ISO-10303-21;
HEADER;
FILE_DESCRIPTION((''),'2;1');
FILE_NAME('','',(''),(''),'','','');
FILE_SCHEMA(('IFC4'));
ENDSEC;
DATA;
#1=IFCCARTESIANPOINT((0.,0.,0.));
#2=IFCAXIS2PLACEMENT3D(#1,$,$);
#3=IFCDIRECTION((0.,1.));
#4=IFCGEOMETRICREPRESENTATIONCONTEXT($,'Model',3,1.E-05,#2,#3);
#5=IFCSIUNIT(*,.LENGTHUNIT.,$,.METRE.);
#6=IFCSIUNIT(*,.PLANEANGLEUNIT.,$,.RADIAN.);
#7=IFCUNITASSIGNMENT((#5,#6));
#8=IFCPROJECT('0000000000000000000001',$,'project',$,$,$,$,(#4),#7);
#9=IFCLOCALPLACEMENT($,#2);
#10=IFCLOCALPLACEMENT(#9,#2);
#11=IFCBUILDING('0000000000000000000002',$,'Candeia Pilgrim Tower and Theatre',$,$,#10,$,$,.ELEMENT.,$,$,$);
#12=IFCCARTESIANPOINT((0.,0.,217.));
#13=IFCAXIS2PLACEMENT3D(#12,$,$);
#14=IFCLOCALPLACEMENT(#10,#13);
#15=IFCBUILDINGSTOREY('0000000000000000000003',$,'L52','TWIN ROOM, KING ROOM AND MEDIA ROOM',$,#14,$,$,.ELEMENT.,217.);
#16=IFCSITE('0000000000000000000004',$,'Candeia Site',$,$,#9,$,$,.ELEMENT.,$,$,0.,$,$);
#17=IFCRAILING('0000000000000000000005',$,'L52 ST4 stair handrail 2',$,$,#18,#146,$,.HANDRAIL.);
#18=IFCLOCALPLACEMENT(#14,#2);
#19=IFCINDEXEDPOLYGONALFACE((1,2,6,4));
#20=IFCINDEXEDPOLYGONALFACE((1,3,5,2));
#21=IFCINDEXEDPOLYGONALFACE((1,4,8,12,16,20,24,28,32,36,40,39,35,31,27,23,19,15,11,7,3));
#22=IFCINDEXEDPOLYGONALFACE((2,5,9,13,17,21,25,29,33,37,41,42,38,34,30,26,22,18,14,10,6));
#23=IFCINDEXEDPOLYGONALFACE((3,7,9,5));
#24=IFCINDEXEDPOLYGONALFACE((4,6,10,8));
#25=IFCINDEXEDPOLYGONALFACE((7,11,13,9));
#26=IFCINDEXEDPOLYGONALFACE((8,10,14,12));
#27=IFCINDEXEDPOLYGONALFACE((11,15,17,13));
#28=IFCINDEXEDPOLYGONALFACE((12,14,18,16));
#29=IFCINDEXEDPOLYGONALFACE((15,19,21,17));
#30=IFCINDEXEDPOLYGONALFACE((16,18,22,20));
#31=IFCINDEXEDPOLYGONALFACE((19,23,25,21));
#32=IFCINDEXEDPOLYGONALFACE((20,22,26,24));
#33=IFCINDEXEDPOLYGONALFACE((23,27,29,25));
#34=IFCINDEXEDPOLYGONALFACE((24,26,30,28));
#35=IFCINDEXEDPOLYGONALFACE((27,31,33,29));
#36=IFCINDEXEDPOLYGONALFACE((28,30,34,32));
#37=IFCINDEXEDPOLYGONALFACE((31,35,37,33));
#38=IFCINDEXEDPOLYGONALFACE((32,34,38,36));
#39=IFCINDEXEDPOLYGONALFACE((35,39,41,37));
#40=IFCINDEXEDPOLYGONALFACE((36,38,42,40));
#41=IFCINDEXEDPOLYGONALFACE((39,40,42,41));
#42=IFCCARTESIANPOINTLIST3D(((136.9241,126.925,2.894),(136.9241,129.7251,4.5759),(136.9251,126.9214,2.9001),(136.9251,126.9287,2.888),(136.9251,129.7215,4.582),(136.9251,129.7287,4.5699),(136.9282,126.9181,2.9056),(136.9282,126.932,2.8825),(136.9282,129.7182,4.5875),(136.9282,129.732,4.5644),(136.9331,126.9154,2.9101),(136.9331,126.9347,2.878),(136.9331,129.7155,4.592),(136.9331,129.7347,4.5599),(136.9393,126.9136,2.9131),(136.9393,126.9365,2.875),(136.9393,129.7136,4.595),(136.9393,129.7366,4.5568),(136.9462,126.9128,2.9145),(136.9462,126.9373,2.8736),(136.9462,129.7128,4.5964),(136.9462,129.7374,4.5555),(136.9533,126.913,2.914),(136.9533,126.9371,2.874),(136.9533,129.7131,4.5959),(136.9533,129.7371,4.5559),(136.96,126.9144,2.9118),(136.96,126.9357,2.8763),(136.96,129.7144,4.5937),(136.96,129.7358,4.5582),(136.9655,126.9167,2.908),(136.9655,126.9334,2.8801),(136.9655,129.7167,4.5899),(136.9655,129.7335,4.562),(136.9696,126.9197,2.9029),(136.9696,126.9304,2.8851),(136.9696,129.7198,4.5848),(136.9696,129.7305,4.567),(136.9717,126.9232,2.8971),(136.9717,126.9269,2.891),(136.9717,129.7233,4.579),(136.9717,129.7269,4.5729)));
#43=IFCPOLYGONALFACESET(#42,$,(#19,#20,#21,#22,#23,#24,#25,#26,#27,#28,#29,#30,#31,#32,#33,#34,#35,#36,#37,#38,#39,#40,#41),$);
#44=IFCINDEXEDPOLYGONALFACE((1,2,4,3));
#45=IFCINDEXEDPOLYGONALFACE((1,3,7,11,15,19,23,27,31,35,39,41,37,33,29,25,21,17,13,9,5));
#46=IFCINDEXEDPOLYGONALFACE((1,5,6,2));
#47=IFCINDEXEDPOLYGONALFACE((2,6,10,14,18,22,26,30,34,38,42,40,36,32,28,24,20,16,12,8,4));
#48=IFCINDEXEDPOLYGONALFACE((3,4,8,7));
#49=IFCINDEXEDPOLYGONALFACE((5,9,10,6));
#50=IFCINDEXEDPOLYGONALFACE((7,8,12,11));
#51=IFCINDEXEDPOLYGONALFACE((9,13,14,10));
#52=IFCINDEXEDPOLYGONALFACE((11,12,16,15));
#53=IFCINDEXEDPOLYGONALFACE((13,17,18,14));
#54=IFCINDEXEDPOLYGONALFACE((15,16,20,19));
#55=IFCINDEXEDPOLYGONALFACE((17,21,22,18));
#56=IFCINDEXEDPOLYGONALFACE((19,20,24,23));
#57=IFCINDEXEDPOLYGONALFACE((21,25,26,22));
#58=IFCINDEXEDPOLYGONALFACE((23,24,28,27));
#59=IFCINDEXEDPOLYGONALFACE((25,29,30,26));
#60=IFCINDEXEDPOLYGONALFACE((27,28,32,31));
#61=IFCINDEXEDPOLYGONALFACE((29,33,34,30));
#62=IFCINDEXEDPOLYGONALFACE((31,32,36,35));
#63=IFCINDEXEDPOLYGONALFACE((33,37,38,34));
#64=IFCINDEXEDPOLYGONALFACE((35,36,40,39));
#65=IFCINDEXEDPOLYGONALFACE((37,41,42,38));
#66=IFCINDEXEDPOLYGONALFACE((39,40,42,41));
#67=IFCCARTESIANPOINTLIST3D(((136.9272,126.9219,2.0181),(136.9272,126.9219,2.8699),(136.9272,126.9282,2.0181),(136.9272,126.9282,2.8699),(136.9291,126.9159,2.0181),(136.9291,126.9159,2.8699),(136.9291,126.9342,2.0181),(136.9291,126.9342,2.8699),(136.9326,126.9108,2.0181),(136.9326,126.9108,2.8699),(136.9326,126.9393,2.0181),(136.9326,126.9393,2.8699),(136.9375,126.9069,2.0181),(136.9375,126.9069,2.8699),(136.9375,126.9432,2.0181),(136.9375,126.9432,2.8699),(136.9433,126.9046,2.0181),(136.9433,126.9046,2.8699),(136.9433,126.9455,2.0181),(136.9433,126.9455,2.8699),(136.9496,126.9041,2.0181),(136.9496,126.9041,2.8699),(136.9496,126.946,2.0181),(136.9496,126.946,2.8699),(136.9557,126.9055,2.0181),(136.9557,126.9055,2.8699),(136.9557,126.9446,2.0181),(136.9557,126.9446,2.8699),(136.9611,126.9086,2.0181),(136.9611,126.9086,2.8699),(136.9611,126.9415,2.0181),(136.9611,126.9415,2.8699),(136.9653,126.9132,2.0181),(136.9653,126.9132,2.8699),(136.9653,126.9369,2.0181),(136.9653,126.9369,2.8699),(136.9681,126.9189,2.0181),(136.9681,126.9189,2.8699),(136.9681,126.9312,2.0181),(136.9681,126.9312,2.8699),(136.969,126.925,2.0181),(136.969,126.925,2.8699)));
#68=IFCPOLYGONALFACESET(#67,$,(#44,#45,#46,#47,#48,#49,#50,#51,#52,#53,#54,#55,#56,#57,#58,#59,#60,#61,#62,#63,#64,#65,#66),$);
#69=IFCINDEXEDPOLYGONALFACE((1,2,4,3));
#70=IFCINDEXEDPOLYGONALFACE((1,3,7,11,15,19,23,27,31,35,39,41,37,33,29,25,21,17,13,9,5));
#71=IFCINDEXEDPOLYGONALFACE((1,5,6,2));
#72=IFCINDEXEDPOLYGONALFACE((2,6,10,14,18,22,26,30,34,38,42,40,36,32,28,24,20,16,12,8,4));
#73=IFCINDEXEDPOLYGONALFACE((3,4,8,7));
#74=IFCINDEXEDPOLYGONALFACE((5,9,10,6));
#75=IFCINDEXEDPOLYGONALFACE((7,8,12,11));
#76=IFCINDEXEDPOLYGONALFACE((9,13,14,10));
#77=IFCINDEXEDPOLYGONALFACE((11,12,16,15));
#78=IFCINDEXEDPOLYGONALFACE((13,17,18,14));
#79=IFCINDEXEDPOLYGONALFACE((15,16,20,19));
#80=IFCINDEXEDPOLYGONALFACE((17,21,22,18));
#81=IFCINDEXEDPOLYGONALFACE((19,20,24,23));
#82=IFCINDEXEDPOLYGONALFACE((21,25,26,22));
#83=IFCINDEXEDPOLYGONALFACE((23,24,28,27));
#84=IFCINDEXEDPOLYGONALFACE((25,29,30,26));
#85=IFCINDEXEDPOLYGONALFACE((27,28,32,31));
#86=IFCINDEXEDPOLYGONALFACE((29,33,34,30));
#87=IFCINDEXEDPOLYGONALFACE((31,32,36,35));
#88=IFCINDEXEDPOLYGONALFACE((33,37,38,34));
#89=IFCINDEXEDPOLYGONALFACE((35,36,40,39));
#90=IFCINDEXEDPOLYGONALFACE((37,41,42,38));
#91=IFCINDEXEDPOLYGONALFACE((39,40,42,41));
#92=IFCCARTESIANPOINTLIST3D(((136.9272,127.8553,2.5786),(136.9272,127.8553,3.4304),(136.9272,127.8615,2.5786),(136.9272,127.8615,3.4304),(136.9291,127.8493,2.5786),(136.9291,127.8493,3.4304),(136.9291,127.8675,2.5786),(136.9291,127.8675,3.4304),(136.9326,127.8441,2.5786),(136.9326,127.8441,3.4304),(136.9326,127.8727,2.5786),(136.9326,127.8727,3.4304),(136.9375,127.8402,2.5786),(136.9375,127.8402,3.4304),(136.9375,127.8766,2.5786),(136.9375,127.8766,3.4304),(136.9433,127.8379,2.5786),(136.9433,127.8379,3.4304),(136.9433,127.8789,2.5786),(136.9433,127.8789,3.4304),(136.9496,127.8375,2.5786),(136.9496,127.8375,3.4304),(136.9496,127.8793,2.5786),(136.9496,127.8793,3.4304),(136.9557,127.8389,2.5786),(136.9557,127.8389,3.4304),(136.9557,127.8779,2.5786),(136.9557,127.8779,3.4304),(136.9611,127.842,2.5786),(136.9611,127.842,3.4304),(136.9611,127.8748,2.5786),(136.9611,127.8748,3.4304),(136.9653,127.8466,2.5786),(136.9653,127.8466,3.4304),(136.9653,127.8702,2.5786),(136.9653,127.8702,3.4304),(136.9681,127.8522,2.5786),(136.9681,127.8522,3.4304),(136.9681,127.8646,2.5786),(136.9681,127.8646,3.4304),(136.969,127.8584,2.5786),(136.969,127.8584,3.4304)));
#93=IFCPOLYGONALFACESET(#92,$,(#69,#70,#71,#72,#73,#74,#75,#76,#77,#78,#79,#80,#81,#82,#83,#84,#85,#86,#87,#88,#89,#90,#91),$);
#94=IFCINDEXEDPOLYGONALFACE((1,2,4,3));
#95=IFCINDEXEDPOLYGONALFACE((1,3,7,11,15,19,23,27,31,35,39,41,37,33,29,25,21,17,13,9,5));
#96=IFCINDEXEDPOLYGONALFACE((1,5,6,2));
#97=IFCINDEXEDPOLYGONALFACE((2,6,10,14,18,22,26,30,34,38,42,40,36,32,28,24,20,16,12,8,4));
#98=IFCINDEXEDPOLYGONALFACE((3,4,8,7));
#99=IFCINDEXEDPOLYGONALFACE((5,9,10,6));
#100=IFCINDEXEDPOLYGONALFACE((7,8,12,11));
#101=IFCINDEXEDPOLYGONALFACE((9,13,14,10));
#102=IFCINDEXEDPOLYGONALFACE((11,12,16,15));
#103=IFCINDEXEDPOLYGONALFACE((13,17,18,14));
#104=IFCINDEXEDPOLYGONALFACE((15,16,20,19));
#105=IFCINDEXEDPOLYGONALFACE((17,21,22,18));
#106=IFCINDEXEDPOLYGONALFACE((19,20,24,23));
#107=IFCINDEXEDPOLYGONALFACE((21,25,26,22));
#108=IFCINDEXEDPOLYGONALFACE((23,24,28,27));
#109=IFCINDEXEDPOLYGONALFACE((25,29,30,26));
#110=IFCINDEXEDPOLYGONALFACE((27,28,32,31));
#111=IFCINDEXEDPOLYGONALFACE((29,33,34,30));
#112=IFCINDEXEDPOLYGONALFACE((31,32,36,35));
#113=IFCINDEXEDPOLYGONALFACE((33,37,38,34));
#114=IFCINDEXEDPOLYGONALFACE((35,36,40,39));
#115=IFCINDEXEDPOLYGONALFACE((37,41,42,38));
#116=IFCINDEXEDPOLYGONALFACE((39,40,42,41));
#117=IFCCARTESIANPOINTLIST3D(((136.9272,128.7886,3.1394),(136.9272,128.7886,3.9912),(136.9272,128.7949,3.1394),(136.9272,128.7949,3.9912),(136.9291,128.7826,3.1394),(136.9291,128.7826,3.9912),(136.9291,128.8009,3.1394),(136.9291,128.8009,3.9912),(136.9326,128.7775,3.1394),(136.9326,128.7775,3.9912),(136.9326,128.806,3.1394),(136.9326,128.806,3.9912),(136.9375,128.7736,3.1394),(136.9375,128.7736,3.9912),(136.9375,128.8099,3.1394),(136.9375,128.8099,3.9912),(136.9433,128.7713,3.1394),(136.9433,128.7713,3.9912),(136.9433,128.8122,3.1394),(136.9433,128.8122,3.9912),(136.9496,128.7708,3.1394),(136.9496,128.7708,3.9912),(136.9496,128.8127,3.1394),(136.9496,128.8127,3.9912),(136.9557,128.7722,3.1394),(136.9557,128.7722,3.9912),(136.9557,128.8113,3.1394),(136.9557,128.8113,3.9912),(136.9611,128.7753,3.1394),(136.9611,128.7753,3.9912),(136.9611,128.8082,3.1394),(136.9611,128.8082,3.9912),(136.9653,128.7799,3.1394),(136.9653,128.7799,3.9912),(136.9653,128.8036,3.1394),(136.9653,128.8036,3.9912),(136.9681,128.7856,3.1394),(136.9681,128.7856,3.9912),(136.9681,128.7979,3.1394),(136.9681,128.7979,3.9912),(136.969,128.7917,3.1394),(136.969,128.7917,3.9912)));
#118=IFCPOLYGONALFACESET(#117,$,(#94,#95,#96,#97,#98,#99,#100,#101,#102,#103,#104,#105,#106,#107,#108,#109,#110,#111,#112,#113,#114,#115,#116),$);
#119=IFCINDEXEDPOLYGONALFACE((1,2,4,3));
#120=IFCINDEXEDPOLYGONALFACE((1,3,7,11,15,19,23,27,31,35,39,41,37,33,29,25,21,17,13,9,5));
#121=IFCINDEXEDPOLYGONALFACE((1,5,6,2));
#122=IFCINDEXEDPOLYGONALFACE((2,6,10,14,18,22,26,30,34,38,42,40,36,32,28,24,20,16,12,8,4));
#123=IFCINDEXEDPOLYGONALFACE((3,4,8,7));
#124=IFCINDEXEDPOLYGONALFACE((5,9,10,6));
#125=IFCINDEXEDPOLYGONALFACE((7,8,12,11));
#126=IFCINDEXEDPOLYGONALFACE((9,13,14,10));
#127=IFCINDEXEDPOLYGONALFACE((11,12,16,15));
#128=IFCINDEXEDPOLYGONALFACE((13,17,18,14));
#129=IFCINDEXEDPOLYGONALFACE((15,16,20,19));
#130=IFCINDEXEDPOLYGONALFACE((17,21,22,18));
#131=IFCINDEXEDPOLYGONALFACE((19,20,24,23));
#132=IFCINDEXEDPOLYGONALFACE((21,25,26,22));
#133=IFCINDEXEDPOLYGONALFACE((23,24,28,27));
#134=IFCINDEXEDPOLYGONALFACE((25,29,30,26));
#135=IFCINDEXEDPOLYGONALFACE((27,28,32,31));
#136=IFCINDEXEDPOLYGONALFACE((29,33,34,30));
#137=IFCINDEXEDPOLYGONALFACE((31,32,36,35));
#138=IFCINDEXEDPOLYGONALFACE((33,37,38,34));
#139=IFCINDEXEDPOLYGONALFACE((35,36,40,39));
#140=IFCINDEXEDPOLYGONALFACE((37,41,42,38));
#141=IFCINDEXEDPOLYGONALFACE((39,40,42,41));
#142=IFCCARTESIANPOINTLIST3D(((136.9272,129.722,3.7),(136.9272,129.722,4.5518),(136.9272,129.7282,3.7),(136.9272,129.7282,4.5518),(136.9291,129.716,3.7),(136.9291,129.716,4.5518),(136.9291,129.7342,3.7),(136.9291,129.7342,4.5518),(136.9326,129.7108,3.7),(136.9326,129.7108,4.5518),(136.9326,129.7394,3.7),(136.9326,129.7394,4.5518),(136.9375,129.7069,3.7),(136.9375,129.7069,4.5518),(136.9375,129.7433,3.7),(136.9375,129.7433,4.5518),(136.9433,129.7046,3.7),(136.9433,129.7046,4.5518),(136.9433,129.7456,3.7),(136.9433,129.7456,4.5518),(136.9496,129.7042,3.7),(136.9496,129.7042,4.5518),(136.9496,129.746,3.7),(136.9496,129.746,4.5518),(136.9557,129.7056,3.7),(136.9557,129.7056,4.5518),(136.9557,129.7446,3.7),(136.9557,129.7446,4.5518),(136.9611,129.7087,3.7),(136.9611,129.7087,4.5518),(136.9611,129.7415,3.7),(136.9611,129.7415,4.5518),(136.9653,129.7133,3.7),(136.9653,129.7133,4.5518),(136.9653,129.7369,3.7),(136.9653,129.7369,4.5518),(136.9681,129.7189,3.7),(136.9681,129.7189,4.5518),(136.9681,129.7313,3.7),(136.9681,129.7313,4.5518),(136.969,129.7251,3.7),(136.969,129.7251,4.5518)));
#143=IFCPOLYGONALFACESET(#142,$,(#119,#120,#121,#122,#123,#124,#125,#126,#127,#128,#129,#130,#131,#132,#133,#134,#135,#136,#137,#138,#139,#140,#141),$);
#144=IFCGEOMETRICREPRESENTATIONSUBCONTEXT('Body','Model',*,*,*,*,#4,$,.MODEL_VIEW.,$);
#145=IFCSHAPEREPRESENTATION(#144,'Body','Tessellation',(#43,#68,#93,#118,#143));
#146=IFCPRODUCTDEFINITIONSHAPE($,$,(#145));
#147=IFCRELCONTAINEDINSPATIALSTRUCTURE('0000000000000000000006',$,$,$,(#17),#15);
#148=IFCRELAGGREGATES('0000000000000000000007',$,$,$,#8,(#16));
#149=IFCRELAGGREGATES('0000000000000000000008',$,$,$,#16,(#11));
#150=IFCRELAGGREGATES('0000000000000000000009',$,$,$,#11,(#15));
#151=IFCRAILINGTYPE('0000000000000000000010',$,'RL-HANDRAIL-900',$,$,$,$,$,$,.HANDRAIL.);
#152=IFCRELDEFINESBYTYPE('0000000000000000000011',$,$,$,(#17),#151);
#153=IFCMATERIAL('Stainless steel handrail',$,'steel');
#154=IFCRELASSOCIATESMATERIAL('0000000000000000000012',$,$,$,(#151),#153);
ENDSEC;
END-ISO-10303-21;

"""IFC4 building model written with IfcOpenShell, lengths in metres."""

from ifc_helpers import new_model, si_unit, direction, frame, origin, origin_2d, place, context, subcontext, project, spatial, circle, extrude, material, type_object, element, save


model = new_model("IFC4")

# Units and contexts
model_context = context("Model", 3, precision=1e-05, world=origin(), true_north=direction((0.0, 1.0)))
body_context = subcontext(model_context, "Body", "Model", "MODEL_VIEW")
ifc_project = project(units=[si_unit("LENGTHUNIT", "METRE"), si_unit("PLANEANGLEUNIT", "RADIAN")], contexts=[model_context])

# Site, building, storey
site_placement = place(None, origin())
site = spatial("IfcSite", under=ifc_project, at=site_placement, Name="Candeia Site", CompositionType="ELEMENT", RefElevation=0.0)
building_placement = place(site_placement, origin())
building = spatial("IfcBuilding", under=site, at=building_placement, Name="Candeia Pilgrim Tower and Theatre", CompositionType="ELEMENT")
storey_placement = place(building_placement, frame((0.0, 0.0, 217.0)))
storey = spatial("IfcBuildingStorey", under=building, at=storey_placement, Name="L52", Description="TWIN ROOM, KING ROOM AND MEDIA ROOM", CompositionType="ELEMENT", Elevation=217.0)

# Railing
ifc_material_1 = material(Name="Stainless steel handrail", Category="steel")
railing_type_1 = type_object("IfcRailingType", Name="RL-HANDRAIL-900", PredefinedType="HANDRAIL", material=ifc_material_1)
railing_1_placement = place(storey_placement, frame((136.948, 126.925, 2.0181)))
element("IfcRailing", 1, at=railing_1_placement, inside=storey, type_object=railing_type_1, Name="L52 ST4 stair handrail 2", PredefinedType="HANDRAIL", context=body_context, shape_type="SweptSolid", body=[
    extrude(circle(Radius=0.0239, at=origin_2d()), frame((0.0, 0.0, 0.876), z_axis=(0.0, 0.857242, 0.514913), x_axis=(-1.0, 0.0, 0.0)), (0.0, 0.0, 1.0), 3.2664),
    extrude(circle(Radius=0.021, at=origin_2d()), origin(), (0.0, 0.0, 1.0), 0.8518),
    extrude(circle(Radius=0.021, at=origin_2d()), frame((0.0, 0.9333, 0.5605)), (0.0, 0.0, 1.0), 0.8518),
    extrude(circle(Radius=0.021, at=origin_2d()), frame((0.0, 1.8667, 1.1213)), (0.0, 0.0, 1.0), 0.8518),
    extrude(circle(Radius=0.021, at=origin_2d()), frame((0.0, 2.8, 1.6819)), (0.0, 0.0, 1.0), 0.8518),
])

save(model, "model.ifc")
